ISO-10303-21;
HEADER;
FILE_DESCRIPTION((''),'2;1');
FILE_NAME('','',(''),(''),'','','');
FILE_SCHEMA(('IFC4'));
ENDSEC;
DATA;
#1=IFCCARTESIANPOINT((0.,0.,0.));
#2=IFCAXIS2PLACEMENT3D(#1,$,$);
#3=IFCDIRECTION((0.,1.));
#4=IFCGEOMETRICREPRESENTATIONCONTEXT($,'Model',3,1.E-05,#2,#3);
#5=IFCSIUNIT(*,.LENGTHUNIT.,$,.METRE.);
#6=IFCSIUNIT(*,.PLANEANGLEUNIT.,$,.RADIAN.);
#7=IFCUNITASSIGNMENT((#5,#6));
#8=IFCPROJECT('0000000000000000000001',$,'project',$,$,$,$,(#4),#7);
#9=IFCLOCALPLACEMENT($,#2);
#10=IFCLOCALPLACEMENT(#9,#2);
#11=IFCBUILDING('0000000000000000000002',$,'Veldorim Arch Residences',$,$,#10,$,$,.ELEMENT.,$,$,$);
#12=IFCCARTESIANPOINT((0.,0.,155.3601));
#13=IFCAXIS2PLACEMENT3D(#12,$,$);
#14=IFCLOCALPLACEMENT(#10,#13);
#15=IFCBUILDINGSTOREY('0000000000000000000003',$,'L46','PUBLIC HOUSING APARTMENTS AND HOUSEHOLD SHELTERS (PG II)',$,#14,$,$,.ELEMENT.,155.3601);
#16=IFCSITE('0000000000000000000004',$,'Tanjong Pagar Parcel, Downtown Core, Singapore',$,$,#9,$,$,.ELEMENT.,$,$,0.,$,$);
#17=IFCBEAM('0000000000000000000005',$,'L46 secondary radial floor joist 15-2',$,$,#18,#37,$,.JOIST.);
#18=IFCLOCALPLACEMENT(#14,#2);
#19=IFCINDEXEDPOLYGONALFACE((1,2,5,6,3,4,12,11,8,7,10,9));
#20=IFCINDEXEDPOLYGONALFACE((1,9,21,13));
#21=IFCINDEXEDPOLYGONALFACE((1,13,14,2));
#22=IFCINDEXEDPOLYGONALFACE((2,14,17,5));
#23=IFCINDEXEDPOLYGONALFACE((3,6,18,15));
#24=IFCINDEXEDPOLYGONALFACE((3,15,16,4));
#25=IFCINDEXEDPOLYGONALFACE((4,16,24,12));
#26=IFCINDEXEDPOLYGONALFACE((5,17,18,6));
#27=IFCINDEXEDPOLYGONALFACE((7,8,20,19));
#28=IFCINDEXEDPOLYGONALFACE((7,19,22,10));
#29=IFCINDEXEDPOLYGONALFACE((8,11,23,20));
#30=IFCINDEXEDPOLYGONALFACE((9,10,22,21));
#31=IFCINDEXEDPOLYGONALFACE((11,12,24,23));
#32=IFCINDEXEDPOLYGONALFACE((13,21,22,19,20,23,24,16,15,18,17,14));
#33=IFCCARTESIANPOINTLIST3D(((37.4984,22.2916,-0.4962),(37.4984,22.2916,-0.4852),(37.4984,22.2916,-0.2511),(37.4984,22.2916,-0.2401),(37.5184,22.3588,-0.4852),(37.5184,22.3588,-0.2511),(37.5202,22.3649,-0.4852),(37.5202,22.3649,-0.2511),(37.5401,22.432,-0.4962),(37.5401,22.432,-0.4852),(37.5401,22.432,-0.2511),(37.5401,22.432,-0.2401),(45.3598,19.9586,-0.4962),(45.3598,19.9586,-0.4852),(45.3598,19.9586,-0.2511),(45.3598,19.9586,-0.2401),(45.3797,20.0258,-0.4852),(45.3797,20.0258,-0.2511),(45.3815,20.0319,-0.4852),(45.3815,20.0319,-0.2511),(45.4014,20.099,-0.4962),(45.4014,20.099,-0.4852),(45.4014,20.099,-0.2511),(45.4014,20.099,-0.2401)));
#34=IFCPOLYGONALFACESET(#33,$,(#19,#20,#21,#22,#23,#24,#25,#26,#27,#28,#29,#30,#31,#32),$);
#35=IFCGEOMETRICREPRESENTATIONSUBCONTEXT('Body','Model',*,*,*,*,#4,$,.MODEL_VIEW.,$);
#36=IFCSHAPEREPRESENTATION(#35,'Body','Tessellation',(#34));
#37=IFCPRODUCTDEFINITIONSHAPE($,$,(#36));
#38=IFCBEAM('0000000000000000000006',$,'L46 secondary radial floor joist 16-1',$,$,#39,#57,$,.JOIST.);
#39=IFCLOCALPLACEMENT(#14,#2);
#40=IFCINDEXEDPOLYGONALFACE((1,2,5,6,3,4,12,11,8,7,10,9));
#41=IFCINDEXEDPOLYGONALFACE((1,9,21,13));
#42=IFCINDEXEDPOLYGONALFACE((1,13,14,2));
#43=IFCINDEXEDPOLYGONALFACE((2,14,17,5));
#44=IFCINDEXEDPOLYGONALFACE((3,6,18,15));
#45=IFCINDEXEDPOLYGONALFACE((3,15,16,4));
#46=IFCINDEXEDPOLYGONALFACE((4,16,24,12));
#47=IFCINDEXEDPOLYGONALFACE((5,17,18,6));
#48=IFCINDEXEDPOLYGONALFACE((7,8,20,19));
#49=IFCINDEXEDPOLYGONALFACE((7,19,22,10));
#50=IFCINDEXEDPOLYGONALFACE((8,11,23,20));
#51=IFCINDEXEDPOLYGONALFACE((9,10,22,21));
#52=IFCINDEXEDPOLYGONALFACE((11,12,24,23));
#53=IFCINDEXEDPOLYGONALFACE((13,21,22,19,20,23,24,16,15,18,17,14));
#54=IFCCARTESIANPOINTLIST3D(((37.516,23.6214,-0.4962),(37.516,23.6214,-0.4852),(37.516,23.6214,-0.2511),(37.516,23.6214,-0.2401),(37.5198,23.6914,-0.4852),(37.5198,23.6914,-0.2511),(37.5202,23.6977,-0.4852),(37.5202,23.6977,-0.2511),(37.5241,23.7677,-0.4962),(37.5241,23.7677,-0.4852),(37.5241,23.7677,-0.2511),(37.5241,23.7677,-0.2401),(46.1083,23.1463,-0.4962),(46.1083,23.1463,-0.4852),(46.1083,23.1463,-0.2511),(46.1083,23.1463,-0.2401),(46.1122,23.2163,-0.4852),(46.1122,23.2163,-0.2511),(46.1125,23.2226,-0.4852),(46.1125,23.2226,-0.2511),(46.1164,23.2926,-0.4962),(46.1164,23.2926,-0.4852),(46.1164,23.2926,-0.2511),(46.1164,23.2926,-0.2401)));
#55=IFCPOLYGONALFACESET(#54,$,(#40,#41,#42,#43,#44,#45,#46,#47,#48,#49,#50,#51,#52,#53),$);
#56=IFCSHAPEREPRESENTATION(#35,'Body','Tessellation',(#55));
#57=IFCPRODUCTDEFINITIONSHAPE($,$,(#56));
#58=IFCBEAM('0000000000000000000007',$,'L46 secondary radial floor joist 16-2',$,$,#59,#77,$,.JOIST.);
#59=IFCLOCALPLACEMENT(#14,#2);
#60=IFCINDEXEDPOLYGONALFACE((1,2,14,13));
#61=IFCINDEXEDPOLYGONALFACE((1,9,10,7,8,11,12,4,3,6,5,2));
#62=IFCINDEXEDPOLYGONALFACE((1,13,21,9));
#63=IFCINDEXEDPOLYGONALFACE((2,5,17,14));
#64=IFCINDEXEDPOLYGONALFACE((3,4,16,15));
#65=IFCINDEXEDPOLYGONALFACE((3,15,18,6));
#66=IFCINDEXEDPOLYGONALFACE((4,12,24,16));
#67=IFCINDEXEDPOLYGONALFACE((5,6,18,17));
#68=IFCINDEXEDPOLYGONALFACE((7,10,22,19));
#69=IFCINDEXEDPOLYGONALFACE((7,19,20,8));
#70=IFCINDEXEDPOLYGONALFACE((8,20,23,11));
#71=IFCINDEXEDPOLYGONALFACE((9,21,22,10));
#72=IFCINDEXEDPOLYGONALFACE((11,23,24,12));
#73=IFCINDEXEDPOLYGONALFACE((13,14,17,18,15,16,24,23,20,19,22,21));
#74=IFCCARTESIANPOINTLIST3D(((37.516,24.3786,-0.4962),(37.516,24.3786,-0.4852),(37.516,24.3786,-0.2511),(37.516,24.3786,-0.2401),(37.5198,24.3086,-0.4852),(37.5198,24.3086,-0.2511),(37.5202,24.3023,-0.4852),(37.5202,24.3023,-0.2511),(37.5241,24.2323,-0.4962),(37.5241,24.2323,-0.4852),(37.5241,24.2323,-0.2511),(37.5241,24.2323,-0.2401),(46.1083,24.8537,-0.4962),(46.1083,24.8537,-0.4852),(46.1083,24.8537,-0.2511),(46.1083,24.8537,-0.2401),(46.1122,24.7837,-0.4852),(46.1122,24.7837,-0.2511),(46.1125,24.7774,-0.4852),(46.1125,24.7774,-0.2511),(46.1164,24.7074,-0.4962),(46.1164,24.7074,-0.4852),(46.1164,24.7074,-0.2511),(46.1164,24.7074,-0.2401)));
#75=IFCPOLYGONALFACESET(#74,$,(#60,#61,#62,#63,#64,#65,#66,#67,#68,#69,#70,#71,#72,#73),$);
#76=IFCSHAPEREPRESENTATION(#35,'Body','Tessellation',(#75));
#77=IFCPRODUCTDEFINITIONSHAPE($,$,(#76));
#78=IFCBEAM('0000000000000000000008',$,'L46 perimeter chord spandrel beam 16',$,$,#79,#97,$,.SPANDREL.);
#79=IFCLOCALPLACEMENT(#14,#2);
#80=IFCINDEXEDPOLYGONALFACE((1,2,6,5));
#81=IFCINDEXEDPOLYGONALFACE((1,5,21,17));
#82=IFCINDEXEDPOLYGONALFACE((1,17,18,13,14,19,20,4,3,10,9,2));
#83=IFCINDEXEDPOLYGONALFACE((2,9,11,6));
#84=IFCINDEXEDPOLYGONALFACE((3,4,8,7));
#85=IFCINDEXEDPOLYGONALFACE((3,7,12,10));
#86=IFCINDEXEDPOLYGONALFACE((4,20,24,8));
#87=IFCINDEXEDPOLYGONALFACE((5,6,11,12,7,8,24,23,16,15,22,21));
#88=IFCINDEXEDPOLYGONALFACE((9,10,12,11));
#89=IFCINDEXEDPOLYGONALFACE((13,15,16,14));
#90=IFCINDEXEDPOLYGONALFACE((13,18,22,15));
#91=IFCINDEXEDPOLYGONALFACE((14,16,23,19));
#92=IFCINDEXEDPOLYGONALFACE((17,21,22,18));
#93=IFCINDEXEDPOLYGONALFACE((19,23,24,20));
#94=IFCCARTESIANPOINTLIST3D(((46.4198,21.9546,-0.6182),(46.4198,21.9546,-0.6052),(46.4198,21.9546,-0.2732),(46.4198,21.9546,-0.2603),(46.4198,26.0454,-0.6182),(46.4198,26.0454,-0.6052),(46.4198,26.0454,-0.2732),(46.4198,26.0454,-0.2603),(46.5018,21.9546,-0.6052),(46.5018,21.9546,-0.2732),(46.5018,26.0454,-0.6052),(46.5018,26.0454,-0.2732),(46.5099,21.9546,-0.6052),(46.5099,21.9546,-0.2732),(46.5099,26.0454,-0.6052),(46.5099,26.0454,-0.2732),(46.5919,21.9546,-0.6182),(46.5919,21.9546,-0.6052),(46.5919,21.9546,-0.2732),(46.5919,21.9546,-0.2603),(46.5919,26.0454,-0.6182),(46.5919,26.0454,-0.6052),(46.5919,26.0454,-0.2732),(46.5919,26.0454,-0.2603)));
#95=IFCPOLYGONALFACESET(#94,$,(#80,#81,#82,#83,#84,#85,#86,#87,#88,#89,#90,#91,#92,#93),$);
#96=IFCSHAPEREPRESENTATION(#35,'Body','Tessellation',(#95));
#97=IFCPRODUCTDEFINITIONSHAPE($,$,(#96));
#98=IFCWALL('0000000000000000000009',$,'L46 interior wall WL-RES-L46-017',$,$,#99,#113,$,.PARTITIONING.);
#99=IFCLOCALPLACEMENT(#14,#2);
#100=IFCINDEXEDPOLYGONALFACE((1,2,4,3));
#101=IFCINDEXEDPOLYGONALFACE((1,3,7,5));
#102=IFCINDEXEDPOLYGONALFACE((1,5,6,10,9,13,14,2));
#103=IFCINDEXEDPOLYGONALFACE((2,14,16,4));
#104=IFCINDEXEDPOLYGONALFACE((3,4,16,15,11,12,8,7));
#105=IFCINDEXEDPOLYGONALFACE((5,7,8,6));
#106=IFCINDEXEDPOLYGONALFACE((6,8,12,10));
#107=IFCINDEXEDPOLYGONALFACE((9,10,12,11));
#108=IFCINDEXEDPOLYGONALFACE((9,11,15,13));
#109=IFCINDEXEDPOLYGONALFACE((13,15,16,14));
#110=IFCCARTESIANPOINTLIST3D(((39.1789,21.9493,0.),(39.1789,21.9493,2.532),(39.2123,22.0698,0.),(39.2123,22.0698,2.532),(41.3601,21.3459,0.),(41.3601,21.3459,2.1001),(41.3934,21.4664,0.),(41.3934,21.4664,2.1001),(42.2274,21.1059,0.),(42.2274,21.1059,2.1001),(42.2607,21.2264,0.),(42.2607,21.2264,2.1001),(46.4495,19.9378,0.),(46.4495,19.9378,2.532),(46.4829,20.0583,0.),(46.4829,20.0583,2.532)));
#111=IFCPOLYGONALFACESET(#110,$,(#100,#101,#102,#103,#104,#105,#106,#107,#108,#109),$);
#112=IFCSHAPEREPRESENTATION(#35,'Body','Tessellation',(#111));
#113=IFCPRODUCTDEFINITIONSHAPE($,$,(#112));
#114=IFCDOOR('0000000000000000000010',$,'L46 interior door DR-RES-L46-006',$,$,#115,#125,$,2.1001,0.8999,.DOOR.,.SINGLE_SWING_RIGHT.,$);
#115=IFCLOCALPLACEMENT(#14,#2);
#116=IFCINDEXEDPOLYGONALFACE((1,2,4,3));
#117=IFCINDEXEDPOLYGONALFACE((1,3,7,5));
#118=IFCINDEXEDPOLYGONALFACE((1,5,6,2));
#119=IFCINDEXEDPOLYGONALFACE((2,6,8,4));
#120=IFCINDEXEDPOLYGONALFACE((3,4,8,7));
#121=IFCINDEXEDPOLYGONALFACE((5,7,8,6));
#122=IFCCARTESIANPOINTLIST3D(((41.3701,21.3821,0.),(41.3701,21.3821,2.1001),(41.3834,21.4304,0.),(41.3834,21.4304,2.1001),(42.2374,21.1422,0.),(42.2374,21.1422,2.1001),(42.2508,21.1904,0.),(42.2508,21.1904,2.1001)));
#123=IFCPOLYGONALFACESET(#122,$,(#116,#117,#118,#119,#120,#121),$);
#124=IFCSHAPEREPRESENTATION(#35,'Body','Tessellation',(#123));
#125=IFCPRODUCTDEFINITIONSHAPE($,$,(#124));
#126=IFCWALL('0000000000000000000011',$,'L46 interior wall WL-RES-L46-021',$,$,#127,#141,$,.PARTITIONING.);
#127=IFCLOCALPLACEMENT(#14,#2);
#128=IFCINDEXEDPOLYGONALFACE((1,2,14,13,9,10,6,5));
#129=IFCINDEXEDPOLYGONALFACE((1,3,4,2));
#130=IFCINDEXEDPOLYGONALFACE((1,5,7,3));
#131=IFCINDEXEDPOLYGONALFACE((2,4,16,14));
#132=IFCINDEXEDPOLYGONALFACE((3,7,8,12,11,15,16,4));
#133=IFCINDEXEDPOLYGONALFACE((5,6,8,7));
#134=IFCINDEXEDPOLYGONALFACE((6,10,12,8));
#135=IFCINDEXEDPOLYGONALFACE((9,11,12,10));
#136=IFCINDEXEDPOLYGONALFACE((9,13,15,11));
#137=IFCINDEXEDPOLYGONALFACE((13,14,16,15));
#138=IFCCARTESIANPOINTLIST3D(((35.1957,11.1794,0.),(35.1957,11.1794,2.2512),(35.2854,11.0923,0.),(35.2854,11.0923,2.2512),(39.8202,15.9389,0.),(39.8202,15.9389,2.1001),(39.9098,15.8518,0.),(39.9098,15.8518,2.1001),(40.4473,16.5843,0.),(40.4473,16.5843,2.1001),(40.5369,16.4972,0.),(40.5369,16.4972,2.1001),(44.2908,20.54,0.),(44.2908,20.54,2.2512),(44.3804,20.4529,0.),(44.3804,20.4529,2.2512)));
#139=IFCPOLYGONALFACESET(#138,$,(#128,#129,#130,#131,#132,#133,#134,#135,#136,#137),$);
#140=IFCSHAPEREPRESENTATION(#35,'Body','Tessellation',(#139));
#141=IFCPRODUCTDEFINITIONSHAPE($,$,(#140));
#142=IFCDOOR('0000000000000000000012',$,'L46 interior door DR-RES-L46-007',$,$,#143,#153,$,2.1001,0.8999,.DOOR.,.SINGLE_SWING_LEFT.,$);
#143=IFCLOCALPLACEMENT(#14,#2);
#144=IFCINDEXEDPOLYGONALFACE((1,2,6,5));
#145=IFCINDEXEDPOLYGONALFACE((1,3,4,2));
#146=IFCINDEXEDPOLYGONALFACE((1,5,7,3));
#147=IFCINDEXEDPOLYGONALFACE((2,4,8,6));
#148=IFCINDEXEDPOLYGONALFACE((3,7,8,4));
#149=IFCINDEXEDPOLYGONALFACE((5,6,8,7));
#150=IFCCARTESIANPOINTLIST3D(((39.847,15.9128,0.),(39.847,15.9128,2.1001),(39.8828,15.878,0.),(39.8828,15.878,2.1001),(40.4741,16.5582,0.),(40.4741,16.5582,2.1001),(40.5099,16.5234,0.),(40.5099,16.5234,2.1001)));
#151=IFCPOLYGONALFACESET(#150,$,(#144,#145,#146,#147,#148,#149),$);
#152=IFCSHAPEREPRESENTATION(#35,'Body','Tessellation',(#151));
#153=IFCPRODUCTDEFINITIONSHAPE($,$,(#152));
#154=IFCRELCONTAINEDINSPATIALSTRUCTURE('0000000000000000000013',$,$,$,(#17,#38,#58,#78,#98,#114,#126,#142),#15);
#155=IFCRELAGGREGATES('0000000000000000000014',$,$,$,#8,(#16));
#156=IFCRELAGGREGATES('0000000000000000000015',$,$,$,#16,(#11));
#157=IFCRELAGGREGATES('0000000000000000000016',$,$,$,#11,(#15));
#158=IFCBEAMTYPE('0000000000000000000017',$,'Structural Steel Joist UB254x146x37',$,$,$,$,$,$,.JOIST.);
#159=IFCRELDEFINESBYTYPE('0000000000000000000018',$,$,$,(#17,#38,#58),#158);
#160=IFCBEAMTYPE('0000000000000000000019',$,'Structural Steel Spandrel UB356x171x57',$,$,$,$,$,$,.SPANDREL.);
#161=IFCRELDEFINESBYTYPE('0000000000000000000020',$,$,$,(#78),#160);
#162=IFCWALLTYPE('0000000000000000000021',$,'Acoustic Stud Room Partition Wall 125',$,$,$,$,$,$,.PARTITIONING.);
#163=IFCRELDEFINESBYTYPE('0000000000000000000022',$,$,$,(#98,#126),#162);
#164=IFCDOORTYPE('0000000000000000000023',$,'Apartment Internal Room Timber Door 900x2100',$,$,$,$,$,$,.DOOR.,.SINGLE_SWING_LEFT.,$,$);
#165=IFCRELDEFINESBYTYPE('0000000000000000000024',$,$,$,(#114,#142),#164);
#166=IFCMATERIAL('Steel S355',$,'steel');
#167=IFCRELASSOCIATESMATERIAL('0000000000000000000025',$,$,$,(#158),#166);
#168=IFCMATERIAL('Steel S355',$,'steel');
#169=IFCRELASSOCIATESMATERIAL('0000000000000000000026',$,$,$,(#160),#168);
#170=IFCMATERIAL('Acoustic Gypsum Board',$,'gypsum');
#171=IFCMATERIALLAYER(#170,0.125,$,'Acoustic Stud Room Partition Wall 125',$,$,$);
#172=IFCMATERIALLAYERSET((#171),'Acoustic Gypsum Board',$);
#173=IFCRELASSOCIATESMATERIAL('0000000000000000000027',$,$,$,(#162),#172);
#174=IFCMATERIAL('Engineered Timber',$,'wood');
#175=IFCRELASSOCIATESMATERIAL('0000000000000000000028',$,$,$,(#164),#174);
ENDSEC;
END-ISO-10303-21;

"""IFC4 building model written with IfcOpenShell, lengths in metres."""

from ifc_helpers import new_model, si_unit, direction, frame, frame_2d, origin, origin_2d, place, context, subcontext, project, spatial, rectangle, i_section, extrude, material, layer, layer_set, material_profile, profile_set, type_object, element, fill, save


model = new_model("IFC4")

# Units and contexts
model_context = context("Model", 3, precision=1e-05, world=origin(), true_north=direction((0.0, 1.0)))
body_context = subcontext(model_context, "Body", "Model", "MODEL_VIEW")
ifc_project = project(units=[si_unit("LENGTHUNIT", "METRE"), si_unit("PLANEANGLEUNIT", "RADIAN")], contexts=[model_context])

# Site, building, storey
site_placement = place(None, origin())
site = spatial("IfcSite", under=ifc_project, at=site_placement, Name="Tanjong Pagar Parcel, Downtown Core, Singapore", CompositionType="ELEMENT", RefElevation=0.0)
building_placement = place(site_placement, origin())
building = spatial("IfcBuilding", under=site, at=building_placement, Name="Veldorim Arch Residences", CompositionType="ELEMENT")
storey_placement = place(building_placement, frame((0.0, 0.0, 155.3601)))
storey = spatial("IfcBuildingStorey", under=building, at=storey_placement, Name="L46", Description="PUBLIC HOUSING APARTMENTS AND HOUSEHOLD SHELTERS (PG II)", CompositionType="ELEMENT", Elevation=155.3601)

# Beams
ifc_material_1 = material(Name="Steel S355", Category="steel")
ifc_material_profile_1 = material_profile(ifc_material_1, i_section(OverallWidth=0.1465, OverallDepth=0.2561, WebThickness=0.0063, FlangeThickness=0.011, at=origin_2d()), Name="UB254x146x37")
ifc_profile_set_1 = profile_set([ifc_material_profile_1], Name="Steel S355")
beam_type_1 = type_object("IfcBeamType", Name="Structural Steel Joist UB254x146x37", PredefinedType="JOIST", material=ifc_profile_set_1)
beam_1_placement = place(storey_placement, frame((37.5193, 22.3618, -0.3682), z_axis=(0.958674, -0.284506, 0.0), x_axis=(0.284506, 0.958674, 0.0)))
element("IfcBeam", 1, at=beam_1_placement, inside=storey, type_object=beam_type_1, Name="L46 secondary radial floor joist 15-2", PredefinedType="JOIST", context=body_context, shape_type="SweptSolid", body=[
    extrude(i_section(OverallWidth=0.1465, OverallDepth=0.2561, WebThickness=0.0063, FlangeThickness=0.011, at=origin_2d()), origin(), (0.0, 0.0, 1.0), 8.2002),
])
for number, where, z_axis, x_axis, name in (
    (2, (37.52, 23.6946, -0.3682), (0.998475, -0.055209, 0.0), (0.055209, 0.998475, 0.0), "L46 secondary radial floor joist 16-1"),
    (3, (37.52, 24.3054, -0.3682), (0.998475, 0.055209, 0.0), (-0.055209, 0.998475, 0.0), "L46 secondary radial floor joist 16-2"),
):
    element("IfcBeam", number, at=place(storey_placement, frame(where, z_axis=z_axis, x_axis=x_axis)), inside=storey, type_object=beam_type_1, Name=name, PredefinedType="JOIST", context=body_context, shape_type="SweptSolid", body=[
        extrude(i_section(OverallWidth=0.1465, OverallDepth=0.2561, WebThickness=0.0063, FlangeThickness=0.011, at=origin_2d()), origin(), (0.0, 0.0, 1.0), 8.6055),
    ])
ifc_material_2 = material(Name="Steel S355", Category="steel")
ifc_material_profile_2 = material_profile(ifc_material_2, i_section(OverallWidth=0.1721, OverallDepth=0.3579, WebThickness=0.0081, FlangeThickness=0.0129, at=origin_2d()), Name="UB356x171x57")
ifc_profile_set_2 = profile_set([ifc_material_profile_2], Name="Steel S355")
beam_type_2 = type_object("IfcBeamType", Name="Structural Steel Spandrel UB356x171x57", PredefinedType="SPANDREL", material=ifc_profile_set_2)
beam_2_placement = place(storey_placement, frame((46.5059, 21.9546, -0.4392), z_axis=(0.0, 1.0, 0.0), x_axis=(-1.0, 0.0, 0.0)))
element("IfcBeam", 4, at=beam_2_placement, inside=storey, type_object=beam_type_2, Name="L46 perimeter chord spandrel beam 16", PredefinedType="SPANDREL", context=body_context, shape_type="SweptSolid", body=[
    extrude(i_section(OverallWidth=0.1721, OverallDepth=0.3579, WebThickness=0.0081, FlangeThickness=0.0129, at=origin_2d()), origin(), (0.0, 0.0, 1.0), 4.0908),
])

# Walls, openings, doors
ifc_material_3 = material(Name="Acoustic Gypsum Board", Category="gypsum")
ifc_layer_1 = layer(ifc_material_3, 0.125, Name="Acoustic Stud Room Partition Wall 125")
ifc_layer_set_1 = layer_set([ifc_layer_1], Name="Acoustic Gypsum Board")
wall_type_1 = type_object("IfcWallType", Name="Acoustic Stud Room Partition Wall 125", PredefinedType="PARTITIONING", material=ifc_layer_set_1)
wall_1_placement = place(storey_placement, frame((46.4663, 19.998, 0.0), z_axis=(0.0, 0.0, 1.0), x_axis=(-0.963795, 0.266646, 0.0)))
wall_1 = element("IfcWall", 5, at=wall_1_placement, inside=storey, type_object=wall_type_1, Name="L46 interior wall WL-RES-L46-017", PredefinedType="PARTITIONING", context=body_context, shape_type="SweptSolid", body=[
    extrude(rectangle(XDim=7.5437, YDim=0.125, at=frame_2d((3.772, 0.0))), origin(), (0.0, 0.0, 1.0), 2.532),
])
opening_1_placement = place(wall_1_placement, frame((4.3809, 0.0, 0.0)))
opening_1 = element("IfcOpeningElement", 6, at=opening_1_placement, cuts=wall_1, PredefinedType="OPENING", context=body_context, shape_type="SweptSolid", body=[
    extrude(rectangle(XDim=0.8999, YDim=2.1001, at=frame_2d((0.45, 1.05))), frame((0.0, 0.0725, 0.0), z_axis=(0.0, -1.0, 0.0), x_axis=(1.0, 0.0, 0.0)), (0.0, 0.0, 1.0), 0.145),
])
ifc_material_4 = material(Name="Engineered Timber", Category="wood")
door_type = type_object("IfcDoorType", Name="Apartment Internal Room Timber Door 900x2100", OperationType="SINGLE_SWING_LEFT", PredefinedType="DOOR", material=ifc_material_4)
door_1_placement = place(opening_1_placement, origin())
door_1 = element("IfcDoor", 7, at=door_1_placement, inside=storey, type_object=door_type, Name="L46 interior door DR-RES-L46-006", OperationType="SINGLE_SWING_RIGHT", OverallHeight=2.1001, OverallWidth=0.8999, PredefinedType="DOOR", context=body_context, shape_type="SweptSolid", body=[
    extrude(rectangle(XDim=0.8999, YDim=2.1001, at=frame_2d((0.45, 1.05))), frame((0.0, 0.0249, 0.0), z_axis=(0.0, -1.0, 0.0), x_axis=(1.0, 0.0, 0.0)), (0.0, 0.0, 1.0), 0.05),
])
fill(opening_1, door_1)
wall_2_placement = place(storey_placement, frame((44.3357, 20.4966, 0.0), z_axis=(0.0, 0.0, 1.0), x_axis=(-0.696857, -0.71721, 0.0)))
wall_2 = element("IfcWall", 8, at=wall_2_placement, inside=storey, type_object=wall_type_1, Name="L46 interior wall WL-RES-L46-021", PredefinedType="PARTITIONING", context=body_context, shape_type="SweptSolid", body=[
    extrude(rectangle(XDim=13.0515, YDim=0.125, at=frame_2d((6.5259, 0.0))), origin(), (0.0, 0.0, 1.0), 2.2512),
])
opening_2_placement = place(wall_2_placement, frame((5.5156, 0.0, 0.0)))
opening_2 = element("IfcOpeningElement", 9, at=opening_2_placement, cuts=wall_2, PredefinedType="OPENING", context=body_context, shape_type="SweptSolid", body=[
    extrude(rectangle(XDim=0.8999, YDim=2.1001, at=frame_2d((0.45, 1.05))), frame((0.0, 0.0725, 0.0), z_axis=(0.0, -1.0, 0.0), x_axis=(1.0, 0.0, 0.0)), (0.0, 0.0, 1.0), 0.145),
])
door_2_placement = place(opening_2_placement, origin())
door_2 = element("IfcDoor", 10, at=door_2_placement, inside=storey, type_object=door_type, Name="L46 interior door DR-RES-L46-007", OperationType="SINGLE_SWING_LEFT", OverallHeight=2.1001, OverallWidth=0.8999, PredefinedType="DOOR", context=body_context, shape_type="SweptSolid", body=[
    extrude(rectangle(XDim=0.8999, YDim=2.1001, at=frame_2d((0.45, 1.05))), frame((0.0, 0.0249, 0.0), z_axis=(0.0, -1.0, 0.0), x_axis=(1.0, 0.0, 0.0)), (0.0, 0.0, 1.0), 0.05),
])
fill(opening_2, door_2)

save(model, "model.ifc")
